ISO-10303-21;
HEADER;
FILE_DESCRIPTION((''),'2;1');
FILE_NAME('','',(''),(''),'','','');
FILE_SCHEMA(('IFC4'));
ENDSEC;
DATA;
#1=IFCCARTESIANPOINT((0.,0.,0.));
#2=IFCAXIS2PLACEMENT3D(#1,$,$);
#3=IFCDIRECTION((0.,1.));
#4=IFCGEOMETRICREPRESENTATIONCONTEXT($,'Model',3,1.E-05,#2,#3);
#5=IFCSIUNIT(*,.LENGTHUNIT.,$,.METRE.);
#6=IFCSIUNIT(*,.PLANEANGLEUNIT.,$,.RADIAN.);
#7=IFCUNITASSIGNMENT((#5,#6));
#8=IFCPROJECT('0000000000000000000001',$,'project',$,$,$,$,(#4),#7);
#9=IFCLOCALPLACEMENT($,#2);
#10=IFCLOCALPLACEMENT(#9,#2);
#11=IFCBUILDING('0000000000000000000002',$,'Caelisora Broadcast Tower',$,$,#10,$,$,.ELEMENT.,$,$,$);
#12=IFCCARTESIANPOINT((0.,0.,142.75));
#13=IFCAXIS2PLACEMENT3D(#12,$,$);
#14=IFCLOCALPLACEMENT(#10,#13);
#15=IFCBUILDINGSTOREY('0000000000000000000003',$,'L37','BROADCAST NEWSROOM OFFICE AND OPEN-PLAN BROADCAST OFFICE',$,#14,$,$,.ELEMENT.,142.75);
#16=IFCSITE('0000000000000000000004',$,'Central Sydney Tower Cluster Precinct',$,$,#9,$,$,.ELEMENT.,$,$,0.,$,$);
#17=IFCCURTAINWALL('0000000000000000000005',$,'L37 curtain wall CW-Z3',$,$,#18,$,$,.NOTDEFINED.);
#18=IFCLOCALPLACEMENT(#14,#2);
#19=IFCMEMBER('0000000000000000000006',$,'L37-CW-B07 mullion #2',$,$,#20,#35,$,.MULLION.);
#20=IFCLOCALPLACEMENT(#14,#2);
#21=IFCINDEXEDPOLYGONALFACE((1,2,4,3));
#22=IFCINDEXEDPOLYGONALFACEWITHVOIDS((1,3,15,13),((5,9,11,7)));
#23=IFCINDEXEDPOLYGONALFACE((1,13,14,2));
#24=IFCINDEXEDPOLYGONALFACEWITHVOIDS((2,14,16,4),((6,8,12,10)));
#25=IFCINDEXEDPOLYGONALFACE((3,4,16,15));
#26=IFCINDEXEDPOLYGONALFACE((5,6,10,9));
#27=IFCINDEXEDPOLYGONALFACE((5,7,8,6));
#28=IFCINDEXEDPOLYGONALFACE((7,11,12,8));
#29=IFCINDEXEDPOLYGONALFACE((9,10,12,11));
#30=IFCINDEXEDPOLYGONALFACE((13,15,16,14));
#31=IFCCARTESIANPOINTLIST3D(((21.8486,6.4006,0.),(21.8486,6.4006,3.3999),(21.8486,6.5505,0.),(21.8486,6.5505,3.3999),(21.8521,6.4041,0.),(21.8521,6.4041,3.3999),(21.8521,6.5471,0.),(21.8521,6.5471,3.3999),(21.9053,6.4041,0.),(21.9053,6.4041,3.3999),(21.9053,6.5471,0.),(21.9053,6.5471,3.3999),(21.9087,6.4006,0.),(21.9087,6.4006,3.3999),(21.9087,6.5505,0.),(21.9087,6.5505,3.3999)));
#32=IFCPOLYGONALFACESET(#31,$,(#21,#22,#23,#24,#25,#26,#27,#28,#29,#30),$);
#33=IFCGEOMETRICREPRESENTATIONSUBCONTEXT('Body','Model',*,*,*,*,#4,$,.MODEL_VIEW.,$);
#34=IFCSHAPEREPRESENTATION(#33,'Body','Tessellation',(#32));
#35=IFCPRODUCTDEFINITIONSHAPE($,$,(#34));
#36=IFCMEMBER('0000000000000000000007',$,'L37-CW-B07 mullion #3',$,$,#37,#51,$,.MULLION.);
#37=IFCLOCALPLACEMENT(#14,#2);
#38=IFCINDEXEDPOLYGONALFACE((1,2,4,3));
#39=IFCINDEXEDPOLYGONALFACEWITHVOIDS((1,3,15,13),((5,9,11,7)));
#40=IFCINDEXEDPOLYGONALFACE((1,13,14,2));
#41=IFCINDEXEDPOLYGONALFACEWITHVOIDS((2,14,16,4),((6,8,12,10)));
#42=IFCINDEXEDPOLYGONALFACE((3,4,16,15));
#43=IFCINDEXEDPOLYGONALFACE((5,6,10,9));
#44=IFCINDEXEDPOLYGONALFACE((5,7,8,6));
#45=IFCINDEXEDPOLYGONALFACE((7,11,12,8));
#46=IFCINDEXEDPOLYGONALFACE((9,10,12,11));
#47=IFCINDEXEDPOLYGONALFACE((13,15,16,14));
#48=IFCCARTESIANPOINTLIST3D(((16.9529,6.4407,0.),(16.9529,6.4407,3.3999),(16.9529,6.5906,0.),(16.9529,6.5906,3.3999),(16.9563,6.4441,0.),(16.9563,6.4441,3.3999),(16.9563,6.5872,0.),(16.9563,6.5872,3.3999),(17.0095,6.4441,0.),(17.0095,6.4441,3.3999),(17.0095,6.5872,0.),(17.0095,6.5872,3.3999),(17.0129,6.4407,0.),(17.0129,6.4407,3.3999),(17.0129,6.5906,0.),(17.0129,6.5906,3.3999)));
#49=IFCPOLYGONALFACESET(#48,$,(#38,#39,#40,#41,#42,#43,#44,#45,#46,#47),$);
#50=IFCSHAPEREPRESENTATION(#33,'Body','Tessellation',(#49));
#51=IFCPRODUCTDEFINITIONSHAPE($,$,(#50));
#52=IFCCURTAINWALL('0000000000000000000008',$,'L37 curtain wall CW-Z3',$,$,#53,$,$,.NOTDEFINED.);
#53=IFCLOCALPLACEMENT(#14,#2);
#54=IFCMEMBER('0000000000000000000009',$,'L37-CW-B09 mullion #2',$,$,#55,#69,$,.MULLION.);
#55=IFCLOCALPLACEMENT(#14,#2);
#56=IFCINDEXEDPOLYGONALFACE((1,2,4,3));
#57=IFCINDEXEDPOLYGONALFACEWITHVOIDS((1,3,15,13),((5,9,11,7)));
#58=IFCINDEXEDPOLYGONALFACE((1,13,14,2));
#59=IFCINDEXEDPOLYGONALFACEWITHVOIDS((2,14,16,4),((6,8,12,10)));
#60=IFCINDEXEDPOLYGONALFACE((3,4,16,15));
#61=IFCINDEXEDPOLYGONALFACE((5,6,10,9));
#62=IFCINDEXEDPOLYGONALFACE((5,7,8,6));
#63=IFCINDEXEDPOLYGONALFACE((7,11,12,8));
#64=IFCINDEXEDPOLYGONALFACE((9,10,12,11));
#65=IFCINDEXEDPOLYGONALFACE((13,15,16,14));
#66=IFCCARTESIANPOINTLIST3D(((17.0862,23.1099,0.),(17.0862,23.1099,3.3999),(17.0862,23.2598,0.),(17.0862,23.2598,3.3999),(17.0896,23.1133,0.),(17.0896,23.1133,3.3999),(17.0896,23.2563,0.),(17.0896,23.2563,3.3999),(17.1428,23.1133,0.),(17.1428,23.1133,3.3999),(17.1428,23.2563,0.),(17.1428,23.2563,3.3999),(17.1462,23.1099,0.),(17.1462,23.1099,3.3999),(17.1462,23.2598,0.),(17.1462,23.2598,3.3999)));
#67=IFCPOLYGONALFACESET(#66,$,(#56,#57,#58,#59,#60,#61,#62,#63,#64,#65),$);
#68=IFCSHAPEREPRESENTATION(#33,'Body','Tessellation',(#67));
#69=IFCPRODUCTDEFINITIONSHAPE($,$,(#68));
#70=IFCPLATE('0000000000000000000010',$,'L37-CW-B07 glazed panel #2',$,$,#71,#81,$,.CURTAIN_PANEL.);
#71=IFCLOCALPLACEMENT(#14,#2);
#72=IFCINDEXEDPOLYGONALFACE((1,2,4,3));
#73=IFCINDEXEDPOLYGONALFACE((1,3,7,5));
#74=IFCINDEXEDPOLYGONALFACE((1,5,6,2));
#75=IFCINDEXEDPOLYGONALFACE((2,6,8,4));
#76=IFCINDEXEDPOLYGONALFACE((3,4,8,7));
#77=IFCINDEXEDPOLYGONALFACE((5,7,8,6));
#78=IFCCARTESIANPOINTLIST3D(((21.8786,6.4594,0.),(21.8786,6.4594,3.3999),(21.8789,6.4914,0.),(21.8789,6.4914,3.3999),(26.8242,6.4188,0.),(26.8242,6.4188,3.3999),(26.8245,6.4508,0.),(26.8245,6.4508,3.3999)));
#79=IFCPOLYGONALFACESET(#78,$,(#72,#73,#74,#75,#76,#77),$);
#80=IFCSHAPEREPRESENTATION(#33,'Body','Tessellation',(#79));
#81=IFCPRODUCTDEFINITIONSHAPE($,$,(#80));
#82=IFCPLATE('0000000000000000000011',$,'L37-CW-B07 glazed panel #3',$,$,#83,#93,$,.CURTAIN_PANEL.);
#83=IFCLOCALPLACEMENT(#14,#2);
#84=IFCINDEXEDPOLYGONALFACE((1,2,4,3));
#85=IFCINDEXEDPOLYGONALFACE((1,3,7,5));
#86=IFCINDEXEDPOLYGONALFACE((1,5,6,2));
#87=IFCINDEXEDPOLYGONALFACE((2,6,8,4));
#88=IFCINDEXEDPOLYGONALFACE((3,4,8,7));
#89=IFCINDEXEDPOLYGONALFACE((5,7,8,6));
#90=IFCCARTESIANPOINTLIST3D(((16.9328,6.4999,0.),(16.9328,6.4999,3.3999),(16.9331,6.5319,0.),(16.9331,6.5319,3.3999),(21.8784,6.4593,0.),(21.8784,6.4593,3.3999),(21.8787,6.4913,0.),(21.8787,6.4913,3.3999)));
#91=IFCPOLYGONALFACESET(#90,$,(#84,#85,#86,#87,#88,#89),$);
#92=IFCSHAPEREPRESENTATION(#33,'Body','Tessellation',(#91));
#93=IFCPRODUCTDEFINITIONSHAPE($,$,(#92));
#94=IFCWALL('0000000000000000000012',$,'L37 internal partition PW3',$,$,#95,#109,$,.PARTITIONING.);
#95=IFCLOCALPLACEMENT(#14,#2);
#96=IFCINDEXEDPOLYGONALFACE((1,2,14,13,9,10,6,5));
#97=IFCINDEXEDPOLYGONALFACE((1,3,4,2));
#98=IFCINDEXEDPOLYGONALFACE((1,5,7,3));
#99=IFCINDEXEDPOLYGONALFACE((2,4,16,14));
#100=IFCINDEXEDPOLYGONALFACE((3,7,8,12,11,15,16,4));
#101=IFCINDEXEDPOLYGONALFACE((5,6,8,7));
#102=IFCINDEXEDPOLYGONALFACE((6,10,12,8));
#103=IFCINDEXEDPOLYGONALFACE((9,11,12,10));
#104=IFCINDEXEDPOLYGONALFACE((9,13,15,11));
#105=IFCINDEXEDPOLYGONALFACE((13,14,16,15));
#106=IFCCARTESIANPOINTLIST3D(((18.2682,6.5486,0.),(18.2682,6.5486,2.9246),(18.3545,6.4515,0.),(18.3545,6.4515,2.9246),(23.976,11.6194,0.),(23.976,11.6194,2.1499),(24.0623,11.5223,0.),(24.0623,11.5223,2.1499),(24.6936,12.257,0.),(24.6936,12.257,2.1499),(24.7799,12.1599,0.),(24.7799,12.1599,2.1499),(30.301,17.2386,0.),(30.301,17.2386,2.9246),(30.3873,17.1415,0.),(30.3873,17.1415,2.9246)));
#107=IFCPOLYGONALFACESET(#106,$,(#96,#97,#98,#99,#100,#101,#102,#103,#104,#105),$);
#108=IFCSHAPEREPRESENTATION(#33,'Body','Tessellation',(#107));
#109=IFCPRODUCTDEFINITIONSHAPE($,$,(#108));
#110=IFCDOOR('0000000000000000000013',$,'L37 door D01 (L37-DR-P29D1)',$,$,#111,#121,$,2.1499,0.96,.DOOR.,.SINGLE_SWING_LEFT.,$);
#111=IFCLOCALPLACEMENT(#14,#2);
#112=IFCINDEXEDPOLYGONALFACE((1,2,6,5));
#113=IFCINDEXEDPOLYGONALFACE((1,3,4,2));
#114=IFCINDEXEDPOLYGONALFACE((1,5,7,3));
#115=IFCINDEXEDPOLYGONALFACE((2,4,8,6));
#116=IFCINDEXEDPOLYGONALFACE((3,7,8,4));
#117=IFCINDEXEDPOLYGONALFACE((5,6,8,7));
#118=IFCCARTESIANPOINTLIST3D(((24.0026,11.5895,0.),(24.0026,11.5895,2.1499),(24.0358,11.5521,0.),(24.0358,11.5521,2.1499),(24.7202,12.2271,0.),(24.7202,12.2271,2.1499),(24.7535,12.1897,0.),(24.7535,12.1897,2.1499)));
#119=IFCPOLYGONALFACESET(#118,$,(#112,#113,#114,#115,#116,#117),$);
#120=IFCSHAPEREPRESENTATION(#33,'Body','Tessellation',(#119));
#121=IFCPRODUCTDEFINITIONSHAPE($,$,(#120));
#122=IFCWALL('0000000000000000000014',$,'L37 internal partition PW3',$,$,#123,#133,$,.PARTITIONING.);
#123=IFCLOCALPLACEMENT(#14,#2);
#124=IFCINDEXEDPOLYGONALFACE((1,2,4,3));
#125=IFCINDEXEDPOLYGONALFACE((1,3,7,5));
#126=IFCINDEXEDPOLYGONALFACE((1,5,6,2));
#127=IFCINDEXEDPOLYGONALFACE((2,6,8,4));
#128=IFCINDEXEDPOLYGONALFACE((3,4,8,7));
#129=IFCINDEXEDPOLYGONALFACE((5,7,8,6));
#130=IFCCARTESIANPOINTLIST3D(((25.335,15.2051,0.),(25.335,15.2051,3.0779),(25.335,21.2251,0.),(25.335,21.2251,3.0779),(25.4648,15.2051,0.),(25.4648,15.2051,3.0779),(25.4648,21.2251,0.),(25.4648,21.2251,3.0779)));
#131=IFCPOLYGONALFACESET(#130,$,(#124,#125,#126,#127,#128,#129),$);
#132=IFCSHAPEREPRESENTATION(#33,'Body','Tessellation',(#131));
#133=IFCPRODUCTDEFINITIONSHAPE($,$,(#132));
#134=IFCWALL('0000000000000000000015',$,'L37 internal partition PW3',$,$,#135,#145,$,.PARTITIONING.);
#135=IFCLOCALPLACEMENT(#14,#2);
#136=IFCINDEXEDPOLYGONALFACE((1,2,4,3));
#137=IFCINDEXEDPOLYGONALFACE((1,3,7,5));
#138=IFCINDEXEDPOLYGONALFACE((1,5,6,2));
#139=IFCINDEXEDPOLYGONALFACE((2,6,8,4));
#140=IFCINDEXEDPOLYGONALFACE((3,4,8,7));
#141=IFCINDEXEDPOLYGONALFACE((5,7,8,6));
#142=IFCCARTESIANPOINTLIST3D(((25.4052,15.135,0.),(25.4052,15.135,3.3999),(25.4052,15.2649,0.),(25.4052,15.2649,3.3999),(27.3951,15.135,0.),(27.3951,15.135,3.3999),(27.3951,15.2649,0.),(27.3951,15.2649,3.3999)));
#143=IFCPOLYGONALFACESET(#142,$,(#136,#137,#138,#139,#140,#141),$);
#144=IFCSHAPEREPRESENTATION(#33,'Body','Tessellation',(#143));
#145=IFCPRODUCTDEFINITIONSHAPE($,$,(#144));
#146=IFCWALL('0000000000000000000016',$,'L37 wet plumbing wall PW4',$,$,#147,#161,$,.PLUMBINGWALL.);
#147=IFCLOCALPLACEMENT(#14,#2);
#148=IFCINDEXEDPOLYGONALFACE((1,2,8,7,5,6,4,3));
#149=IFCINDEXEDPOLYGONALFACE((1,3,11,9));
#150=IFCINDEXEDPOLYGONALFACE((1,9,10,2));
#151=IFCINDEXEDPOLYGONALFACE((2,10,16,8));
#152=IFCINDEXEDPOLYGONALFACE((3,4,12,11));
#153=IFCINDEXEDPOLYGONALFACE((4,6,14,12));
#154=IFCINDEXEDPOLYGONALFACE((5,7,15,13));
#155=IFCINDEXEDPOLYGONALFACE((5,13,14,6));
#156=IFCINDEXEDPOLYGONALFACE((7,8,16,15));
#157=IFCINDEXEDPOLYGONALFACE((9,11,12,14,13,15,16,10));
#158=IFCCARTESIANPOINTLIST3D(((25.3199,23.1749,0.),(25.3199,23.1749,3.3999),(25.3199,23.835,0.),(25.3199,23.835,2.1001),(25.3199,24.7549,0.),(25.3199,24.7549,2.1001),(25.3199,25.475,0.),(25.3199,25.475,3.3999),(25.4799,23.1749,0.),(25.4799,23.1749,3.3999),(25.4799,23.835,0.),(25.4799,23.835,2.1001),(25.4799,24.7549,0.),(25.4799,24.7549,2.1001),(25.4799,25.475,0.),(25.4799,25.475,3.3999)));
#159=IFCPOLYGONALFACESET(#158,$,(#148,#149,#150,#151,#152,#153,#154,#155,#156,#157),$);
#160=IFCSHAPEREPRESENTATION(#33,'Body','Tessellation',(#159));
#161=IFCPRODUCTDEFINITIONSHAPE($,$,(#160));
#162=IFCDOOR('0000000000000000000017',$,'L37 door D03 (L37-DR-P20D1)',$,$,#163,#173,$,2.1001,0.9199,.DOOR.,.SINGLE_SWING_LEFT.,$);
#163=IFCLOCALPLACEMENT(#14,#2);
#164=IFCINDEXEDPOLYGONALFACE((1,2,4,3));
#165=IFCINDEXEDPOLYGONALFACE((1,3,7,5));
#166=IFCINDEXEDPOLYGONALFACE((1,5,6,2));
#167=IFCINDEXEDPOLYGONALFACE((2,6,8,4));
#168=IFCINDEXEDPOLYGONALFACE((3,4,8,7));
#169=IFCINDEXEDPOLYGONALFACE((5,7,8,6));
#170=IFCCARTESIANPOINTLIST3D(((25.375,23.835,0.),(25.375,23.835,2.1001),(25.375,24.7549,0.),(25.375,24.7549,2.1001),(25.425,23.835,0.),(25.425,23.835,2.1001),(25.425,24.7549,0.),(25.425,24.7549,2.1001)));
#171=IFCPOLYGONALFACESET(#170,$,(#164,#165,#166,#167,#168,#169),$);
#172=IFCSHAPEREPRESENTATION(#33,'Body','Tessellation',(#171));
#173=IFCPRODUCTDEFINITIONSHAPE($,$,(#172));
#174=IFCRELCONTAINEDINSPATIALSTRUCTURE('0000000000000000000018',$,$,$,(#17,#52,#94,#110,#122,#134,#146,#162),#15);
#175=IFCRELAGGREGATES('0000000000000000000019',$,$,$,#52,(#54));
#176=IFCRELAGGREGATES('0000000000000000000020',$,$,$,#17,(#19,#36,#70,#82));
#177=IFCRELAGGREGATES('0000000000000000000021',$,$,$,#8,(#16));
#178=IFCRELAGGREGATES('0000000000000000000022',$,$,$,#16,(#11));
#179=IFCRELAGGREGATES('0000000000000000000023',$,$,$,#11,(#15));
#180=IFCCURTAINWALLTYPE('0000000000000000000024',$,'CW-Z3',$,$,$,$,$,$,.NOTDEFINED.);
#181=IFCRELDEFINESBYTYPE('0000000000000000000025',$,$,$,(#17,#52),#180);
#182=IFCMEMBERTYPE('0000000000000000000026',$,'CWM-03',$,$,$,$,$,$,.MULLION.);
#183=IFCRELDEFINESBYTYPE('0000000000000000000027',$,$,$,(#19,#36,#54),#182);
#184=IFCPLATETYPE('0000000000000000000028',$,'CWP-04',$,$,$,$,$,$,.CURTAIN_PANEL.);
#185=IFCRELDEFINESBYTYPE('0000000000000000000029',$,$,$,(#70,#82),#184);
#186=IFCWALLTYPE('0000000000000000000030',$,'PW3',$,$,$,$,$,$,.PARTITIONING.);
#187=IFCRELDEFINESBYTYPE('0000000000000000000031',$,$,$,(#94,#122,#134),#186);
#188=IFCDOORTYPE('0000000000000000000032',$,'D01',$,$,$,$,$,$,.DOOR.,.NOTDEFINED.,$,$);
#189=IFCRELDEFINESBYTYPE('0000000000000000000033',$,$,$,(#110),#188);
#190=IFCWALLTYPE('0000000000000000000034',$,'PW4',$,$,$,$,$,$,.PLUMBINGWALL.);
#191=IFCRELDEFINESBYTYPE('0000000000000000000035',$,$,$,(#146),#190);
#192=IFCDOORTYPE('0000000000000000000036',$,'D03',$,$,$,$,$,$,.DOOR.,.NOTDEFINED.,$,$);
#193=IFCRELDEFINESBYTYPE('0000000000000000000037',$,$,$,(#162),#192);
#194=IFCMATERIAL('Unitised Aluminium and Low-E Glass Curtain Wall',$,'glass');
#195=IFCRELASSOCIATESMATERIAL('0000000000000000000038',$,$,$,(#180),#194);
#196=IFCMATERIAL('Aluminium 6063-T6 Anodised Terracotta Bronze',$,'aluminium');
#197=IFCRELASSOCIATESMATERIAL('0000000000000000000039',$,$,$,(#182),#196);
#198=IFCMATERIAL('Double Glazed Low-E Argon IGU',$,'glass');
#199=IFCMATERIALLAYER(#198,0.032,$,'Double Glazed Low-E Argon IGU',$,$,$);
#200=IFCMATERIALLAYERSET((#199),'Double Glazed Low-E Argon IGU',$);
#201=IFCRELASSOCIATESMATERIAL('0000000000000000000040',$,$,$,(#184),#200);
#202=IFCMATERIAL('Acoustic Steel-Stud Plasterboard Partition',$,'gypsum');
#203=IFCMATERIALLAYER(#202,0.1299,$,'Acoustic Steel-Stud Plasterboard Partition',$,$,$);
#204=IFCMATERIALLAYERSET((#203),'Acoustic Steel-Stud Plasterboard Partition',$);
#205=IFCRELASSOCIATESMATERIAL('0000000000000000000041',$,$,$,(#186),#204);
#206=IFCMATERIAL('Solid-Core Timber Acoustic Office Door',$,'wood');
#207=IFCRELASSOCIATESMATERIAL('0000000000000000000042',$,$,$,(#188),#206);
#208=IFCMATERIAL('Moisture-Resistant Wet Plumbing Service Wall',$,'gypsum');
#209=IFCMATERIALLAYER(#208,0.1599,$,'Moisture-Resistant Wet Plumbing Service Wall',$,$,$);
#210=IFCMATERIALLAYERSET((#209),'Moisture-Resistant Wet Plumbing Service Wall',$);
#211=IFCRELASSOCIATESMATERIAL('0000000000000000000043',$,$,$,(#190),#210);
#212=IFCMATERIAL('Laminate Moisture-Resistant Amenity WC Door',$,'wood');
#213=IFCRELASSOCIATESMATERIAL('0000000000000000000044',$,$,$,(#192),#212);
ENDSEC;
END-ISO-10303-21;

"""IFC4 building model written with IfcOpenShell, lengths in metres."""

from ifc_helpers import new_model, si_unit, direction, frame, frame_2d, origin, origin_2d, place, context, subcontext, project, spatial, rectangle, hollow_rectangle, extrude, source, transform, mapped, material, layer, layer_set, material_profile, profile_set, type_object, type_shapes, element, fill, aggregate, save


model = new_model("IFC4")

# Units and contexts
model_context = context("Model", 3, precision=1e-05, world=origin(), true_north=direction((0.0, 1.0)))
body_context = subcontext(model_context, "Body", "Model", "MODEL_VIEW")
ifc_project = project(units=[si_unit("LENGTHUNIT", "METRE"), si_unit("PLANEANGLEUNIT", "RADIAN")], contexts=[model_context])

# Site, building, storey
site_placement = place(None, origin())
site = spatial("IfcSite", under=ifc_project, at=site_placement, Name="Central Sydney Tower Cluster Precinct", CompositionType="ELEMENT", RefElevation=0.0)
building_placement = place(site_placement, origin())
building = spatial("IfcBuilding", under=site, at=building_placement, Name="Caelisora Broadcast Tower", CompositionType="ELEMENT")
storey_placement = place(building_placement, frame((0.0, 0.0, 142.75)))
storey = spatial("IfcBuildingStorey", under=building, at=storey_placement, Name="L37", Description="BROADCAST NEWSROOM OFFICE AND OPEN-PLAN BROADCAST OFFICE", CompositionType="ELEMENT", Elevation=142.75)

# Curtain wall, members
ifc_material_1 = material(Name="Unitised Aluminium and Low-E Glass Curtain Wall", Category="glass")
curtain_wall_type = type_object("IfcCurtainWallType", Name="CW-Z3", PredefinedType="NOTDEFINED", material=ifc_material_1)
curtain_wall_1_placement = place(storey_placement, origin())
curtain_wall_1 = element("IfcCurtainWall", 1, at=curtain_wall_1_placement, inside=storey, type_object=curtain_wall_type, Name="L37 curtain wall CW-Z3", PredefinedType="NOTDEFINED")
ifc_material_2 = material(Name="Aluminium 6063-T6 Anodised Terracotta Bronze", Category="aluminium")
ifc_material_profile_1 = material_profile(ifc_material_2, hollow_rectangle(XDim=0.0601, YDim=0.1499, WallThickness=0.0034, at=origin_2d()), Name="Aluminium 6063-T6 Anodised Terracotta Bronze")
ifc_profile_set_1 = profile_set([ifc_material_profile_1], Name="Aluminium 6063-T6 Anodised Terracotta Bronze")
member_type = type_object("IfcMemberType", Name="CWM-03", PredefinedType="MULLION", material=ifc_profile_set_1)
shared_shape_1 = source(origin(), body_context, "Body", "SweptSolid", [
    extrude(hollow_rectangle(XDim=0.0601, YDim=0.1499, WallThickness=0.0034, at=origin_2d()), origin(), (0.0, 0.0, 1.0), 3.3999),
])
type_shapes(member_type, [shared_shape_1])
member_1_placement = place(storey_placement, frame((21.8787, 6.4756, 0.0), z_axis=(0.0, 0.0, 1.0), x_axis=(1.0, 0.0, 0.0)))
member_1 = element("IfcMember", 2, at=member_1_placement, type_object=member_type, Name="L37-CW-B07 mullion #2", PredefinedType="MULLION", context=body_context, shape_type="MappedRepresentation", body=[
    mapped(shared_shape_1, transform((0.0, 0.0, 0.0), scale=1.0)),
])
member_2_placement = place(storey_placement, frame((16.9829, 6.5156, 0.0), z_axis=(0.0, 0.0, 1.0), x_axis=(1.0, 0.0, 0.0)))
member_2 = element("IfcMember", 3, at=member_2_placement, type_object=member_type, Name="L37-CW-B07 mullion #3", PredefinedType="MULLION", context=body_context, shape_type="MappedRepresentation", body=[
    mapped(shared_shape_1, transform((0.0, 0.0, 0.0), scale=1.0)),
])

# Curtain wall, member
curtain_wall_2_placement = place(storey_placement, origin())
curtain_wall_2 = element("IfcCurtainWall", 4, at=curtain_wall_2_placement, inside=storey, type_object=curtain_wall_type, Name="L37 curtain wall CW-Z3", PredefinedType="NOTDEFINED")
member_3_placement = place(storey_placement, frame((17.1162, 23.1848, 0.0), z_axis=(0.0, 0.0, 1.0), x_axis=(1.0, 0.0, 0.0)))
member_3 = element("IfcMember", 5, at=member_3_placement, type_object=member_type, Name="L37-CW-B09 mullion #2", PredefinedType="MULLION", context=body_context, shape_type="MappedRepresentation", body=[
    mapped(shared_shape_1, transform((0.0, 0.0, 0.0), scale=1.0)),
])
aggregate(curtain_wall_2, [member_3])

# Plates
ifc_material_3 = material(Name="Double Glazed Low-E Argon IGU", Category="glass")
ifc_layer_1 = layer(ifc_material_3, 0.032, Name="Double Glazed Low-E Argon IGU")
ifc_layer_set_1 = layer_set([ifc_layer_1], Name="Double Glazed Low-E Argon IGU")
plate_type = type_object("IfcPlateType", Name="CWP-04", PredefinedType="CURTAIN_PANEL", material=ifc_layer_set_1)
shared_shape_2 = source(origin(), body_context, "Body", "SweptSolid", [
    extrude(rectangle(XDim=4.9458, YDim=0.032, at=origin_2d()), origin(), (0.0, 0.0, 1.0), 3.3999),
])
type_shapes(plate_type, [shared_shape_2])
plate_1_placement = place(storey_placement, frame((24.3516, 6.4551, 0.0), z_axis=(0.0, 0.0, 1.0), x_axis=(-0.999966, 0.008203, 0.0)))
plate_1 = element("IfcPlate", 6, at=plate_1_placement, type_object=plate_type, Name="L37-CW-B07 glazed panel #2", PredefinedType="CURTAIN_PANEL", context=body_context, shape_type="MappedRepresentation", body=[
    mapped(shared_shape_2, transform((0.0, 0.0, 0.0), scale=1.0)),
])
plate_2_placement = place(storey_placement, frame((19.4058, 6.4956, 0.0), z_axis=(0.0, 0.0, 1.0), x_axis=(-0.999966, 0.008203, 0.0)))
plate_2 = element("IfcPlate", 7, at=plate_2_placement, type_object=plate_type, Name="L37-CW-B07 glazed panel #3", PredefinedType="CURTAIN_PANEL", context=body_context, shape_type="MappedRepresentation", body=[
    mapped(shared_shape_2, transform((0.0, 0.0, 0.0), scale=1.0)),
])
aggregate(curtain_wall_1, [member_1, member_2, plate_1, plate_2])

# Wall, opening, door
ifc_material_4 = material(Name="Acoustic Steel-Stud Plasterboard Partition", Category="gypsum")
ifc_layer_2 = layer(ifc_material_4, 0.1299, Name="Acoustic Steel-Stud Plasterboard Partition")
ifc_layer_set_2 = layer_set([ifc_layer_2], Name="Acoustic Steel-Stud Plasterboard Partition")
wall_type_1 = type_object("IfcWallType", Name="PW3", PredefinedType="PARTITIONING", material=ifc_layer_set_2)
wall_1_placement = place(storey_placement, frame((18.3113, 6.5, 0.0), z_axis=(0.0, 0.0, 1.0), x_axis=(0.747588, 0.664162, 0.0)))
wall_1 = element("IfcWall", 8, at=wall_1_placement, inside=storey, type_object=wall_type_1, Name="L37 internal partition PW3", PredefinedType="PARTITIONING", context=body_context, shape_type="SweptSolid", body=[
    extrude(rectangle(XDim=16.0955, YDim=0.1299, at=frame_2d((8.0479, 0.0))), origin(), (0.0, 0.0, 1.0), 2.9246),
])
opening_1_placement = place(wall_1_placement, frame((7.635, 0.0, 0.0)))
opening_1 = element("IfcOpeningElement", 9, at=opening_1_placement, cuts=wall_1, PredefinedType="OPENING", context=body_context, shape_type="SweptSolid", body=[
    extrude(rectangle(XDim=0.96, YDim=2.1499, at=frame_2d((0.48, 1.075))), frame((0.0, 0.0769, 0.0), z_axis=(0.0, -1.0, 0.0), x_axis=(1.0, 0.0, 0.0)), (0.0, 0.0, 1.0), 0.1538),
])
ifc_material_5 = material(Name="Solid-Core Timber Acoustic Office Door", Category="wood")
door_type_1 = type_object("IfcDoorType", Name="D01", OperationType="NOTDEFINED", PredefinedType="DOOR", material=ifc_material_5)
door_1_placement = place(opening_1_placement, origin())
door_1 = element("IfcDoor", 10, at=door_1_placement, inside=storey, type_object=door_type_1, Name="L37 door D01 (L37-DR-P29D1)", OperationType="SINGLE_SWING_LEFT", OverallHeight=2.1499, OverallWidth=0.96, PredefinedType="DOOR", context=body_context, shape_type="SweptSolid", body=[
    extrude(rectangle(XDim=0.96, YDim=2.1499, at=frame_2d((0.48, 1.075))), frame((0.0, 0.0249, 0.0), z_axis=(0.0, -1.0, 0.0), x_axis=(1.0, 0.0, 0.0)), (0.0, 0.0, 1.0), 0.05),
])
fill(opening_1, door_1)

# Walls
wall_2_placement = place(storey_placement, frame((25.3999, 21.2251, 0.0), z_axis=(0.0, 0.0, 1.0), x_axis=(0.0, -1.0, 0.0)))
element("IfcWall", 11, at=wall_2_placement, inside=storey, type_object=wall_type_1, Name="L37 internal partition PW3", PredefinedType="PARTITIONING", context=body_context, shape_type="SweptSolid", body=[
    extrude(rectangle(XDim=6.02, YDim=0.1299, at=frame_2d((3.01, 0.0))), origin(), (0.0, 0.0, 1.0), 3.0779),
])
wall_3_placement = place(storey_placement, frame((25.405, 15.2, 0.0), z_axis=(0.0, 0.0, 1.0), x_axis=(1.0, 0.0, 0.0)))
element("IfcWall", 12, at=wall_3_placement, inside=storey, type_object=wall_type_1, Name="L37 internal partition PW3", PredefinedType="PARTITIONING", context=body_context, shape_type="SweptSolid", body=[
    extrude(rectangle(XDim=1.99, YDim=0.1299, at=frame_2d((0.9951, 0.0))), origin(), (0.0, 0.0, 1.0), 3.3999),
])

# Wall, opening, door
ifc_material_6 = material(Name="Moisture-Resistant Wet Plumbing Service Wall", Category="gypsum")
ifc_layer_3 = layer(ifc_material_6, 0.1599, Name="Moisture-Resistant Wet Plumbing Service Wall")
ifc_layer_set_3 = layer_set([ifc_layer_3], Name="Moisture-Resistant Wet Plumbing Service Wall")
wall_type_2 = type_object("IfcWallType", Name="PW4", PredefinedType="PLUMBINGWALL", material=ifc_layer_set_3)
wall_4_placement = place(storey_placement, frame((25.3999, 23.175, 0.0), z_axis=(0.0, 0.0, 1.0), x_axis=(0.0, 1.0, 0.0)))
wall_4 = element("IfcWall", 13, at=wall_4_placement, inside=storey, type_object=wall_type_2, Name="L37 wet plumbing wall PW4", PredefinedType="PLUMBINGWALL", context=body_context, shape_type="SweptSolid", body=[
    extrude(rectangle(XDim=2.3, YDim=0.1599, at=frame_2d((1.1499, 0.0))), origin(), (0.0, 0.0, 1.0), 3.3999),
])
opening_2_placement = place(wall_4_placement, frame((0.6599, 0.0, 0.0)))
opening_2 = element("IfcOpeningElement", 14, at=opening_2_placement, cuts=wall_4, PredefinedType="OPENING", context=body_context, shape_type="SweptSolid", body=[
    extrude(rectangle(XDim=0.9199, YDim=2.1001, at=frame_2d((0.46, 1.05))), frame((0.0, 0.092, 0.0), z_axis=(0.0, -1.0, 0.0), x_axis=(1.0, 0.0, 0.0)), (0.0, 0.0, 1.0), 0.1838),
])
ifc_material_7 = material(Name="Laminate Moisture-Resistant Amenity WC Door", Category="wood")
door_type_2 = type_object("IfcDoorType", Name="D03", OperationType="NOTDEFINED", PredefinedType="DOOR", material=ifc_material_7)
door_2_placement = place(opening_2_placement, origin())
door_2 = element("IfcDoor", 15, at=door_2_placement, inside=storey, type_object=door_type_2, Name="L37 door D03 (L37-DR-P20D1)", OperationType="SINGLE_SWING_LEFT", OverallHeight=2.1001, OverallWidth=0.9199, PredefinedType="DOOR", context=body_context, shape_type="SweptSolid", body=[
    extrude(rectangle(XDim=0.9199, YDim=2.1001, at=frame_2d((0.46, 1.05))), frame((0.0, 0.0249, 0.0), z_axis=(0.0, -1.0, 0.0), x_axis=(1.0, 0.0, 0.0)), (0.0, 0.0, 1.0), 0.05),
])
fill(opening_2, door_2)

save(model, "model.ifc")
